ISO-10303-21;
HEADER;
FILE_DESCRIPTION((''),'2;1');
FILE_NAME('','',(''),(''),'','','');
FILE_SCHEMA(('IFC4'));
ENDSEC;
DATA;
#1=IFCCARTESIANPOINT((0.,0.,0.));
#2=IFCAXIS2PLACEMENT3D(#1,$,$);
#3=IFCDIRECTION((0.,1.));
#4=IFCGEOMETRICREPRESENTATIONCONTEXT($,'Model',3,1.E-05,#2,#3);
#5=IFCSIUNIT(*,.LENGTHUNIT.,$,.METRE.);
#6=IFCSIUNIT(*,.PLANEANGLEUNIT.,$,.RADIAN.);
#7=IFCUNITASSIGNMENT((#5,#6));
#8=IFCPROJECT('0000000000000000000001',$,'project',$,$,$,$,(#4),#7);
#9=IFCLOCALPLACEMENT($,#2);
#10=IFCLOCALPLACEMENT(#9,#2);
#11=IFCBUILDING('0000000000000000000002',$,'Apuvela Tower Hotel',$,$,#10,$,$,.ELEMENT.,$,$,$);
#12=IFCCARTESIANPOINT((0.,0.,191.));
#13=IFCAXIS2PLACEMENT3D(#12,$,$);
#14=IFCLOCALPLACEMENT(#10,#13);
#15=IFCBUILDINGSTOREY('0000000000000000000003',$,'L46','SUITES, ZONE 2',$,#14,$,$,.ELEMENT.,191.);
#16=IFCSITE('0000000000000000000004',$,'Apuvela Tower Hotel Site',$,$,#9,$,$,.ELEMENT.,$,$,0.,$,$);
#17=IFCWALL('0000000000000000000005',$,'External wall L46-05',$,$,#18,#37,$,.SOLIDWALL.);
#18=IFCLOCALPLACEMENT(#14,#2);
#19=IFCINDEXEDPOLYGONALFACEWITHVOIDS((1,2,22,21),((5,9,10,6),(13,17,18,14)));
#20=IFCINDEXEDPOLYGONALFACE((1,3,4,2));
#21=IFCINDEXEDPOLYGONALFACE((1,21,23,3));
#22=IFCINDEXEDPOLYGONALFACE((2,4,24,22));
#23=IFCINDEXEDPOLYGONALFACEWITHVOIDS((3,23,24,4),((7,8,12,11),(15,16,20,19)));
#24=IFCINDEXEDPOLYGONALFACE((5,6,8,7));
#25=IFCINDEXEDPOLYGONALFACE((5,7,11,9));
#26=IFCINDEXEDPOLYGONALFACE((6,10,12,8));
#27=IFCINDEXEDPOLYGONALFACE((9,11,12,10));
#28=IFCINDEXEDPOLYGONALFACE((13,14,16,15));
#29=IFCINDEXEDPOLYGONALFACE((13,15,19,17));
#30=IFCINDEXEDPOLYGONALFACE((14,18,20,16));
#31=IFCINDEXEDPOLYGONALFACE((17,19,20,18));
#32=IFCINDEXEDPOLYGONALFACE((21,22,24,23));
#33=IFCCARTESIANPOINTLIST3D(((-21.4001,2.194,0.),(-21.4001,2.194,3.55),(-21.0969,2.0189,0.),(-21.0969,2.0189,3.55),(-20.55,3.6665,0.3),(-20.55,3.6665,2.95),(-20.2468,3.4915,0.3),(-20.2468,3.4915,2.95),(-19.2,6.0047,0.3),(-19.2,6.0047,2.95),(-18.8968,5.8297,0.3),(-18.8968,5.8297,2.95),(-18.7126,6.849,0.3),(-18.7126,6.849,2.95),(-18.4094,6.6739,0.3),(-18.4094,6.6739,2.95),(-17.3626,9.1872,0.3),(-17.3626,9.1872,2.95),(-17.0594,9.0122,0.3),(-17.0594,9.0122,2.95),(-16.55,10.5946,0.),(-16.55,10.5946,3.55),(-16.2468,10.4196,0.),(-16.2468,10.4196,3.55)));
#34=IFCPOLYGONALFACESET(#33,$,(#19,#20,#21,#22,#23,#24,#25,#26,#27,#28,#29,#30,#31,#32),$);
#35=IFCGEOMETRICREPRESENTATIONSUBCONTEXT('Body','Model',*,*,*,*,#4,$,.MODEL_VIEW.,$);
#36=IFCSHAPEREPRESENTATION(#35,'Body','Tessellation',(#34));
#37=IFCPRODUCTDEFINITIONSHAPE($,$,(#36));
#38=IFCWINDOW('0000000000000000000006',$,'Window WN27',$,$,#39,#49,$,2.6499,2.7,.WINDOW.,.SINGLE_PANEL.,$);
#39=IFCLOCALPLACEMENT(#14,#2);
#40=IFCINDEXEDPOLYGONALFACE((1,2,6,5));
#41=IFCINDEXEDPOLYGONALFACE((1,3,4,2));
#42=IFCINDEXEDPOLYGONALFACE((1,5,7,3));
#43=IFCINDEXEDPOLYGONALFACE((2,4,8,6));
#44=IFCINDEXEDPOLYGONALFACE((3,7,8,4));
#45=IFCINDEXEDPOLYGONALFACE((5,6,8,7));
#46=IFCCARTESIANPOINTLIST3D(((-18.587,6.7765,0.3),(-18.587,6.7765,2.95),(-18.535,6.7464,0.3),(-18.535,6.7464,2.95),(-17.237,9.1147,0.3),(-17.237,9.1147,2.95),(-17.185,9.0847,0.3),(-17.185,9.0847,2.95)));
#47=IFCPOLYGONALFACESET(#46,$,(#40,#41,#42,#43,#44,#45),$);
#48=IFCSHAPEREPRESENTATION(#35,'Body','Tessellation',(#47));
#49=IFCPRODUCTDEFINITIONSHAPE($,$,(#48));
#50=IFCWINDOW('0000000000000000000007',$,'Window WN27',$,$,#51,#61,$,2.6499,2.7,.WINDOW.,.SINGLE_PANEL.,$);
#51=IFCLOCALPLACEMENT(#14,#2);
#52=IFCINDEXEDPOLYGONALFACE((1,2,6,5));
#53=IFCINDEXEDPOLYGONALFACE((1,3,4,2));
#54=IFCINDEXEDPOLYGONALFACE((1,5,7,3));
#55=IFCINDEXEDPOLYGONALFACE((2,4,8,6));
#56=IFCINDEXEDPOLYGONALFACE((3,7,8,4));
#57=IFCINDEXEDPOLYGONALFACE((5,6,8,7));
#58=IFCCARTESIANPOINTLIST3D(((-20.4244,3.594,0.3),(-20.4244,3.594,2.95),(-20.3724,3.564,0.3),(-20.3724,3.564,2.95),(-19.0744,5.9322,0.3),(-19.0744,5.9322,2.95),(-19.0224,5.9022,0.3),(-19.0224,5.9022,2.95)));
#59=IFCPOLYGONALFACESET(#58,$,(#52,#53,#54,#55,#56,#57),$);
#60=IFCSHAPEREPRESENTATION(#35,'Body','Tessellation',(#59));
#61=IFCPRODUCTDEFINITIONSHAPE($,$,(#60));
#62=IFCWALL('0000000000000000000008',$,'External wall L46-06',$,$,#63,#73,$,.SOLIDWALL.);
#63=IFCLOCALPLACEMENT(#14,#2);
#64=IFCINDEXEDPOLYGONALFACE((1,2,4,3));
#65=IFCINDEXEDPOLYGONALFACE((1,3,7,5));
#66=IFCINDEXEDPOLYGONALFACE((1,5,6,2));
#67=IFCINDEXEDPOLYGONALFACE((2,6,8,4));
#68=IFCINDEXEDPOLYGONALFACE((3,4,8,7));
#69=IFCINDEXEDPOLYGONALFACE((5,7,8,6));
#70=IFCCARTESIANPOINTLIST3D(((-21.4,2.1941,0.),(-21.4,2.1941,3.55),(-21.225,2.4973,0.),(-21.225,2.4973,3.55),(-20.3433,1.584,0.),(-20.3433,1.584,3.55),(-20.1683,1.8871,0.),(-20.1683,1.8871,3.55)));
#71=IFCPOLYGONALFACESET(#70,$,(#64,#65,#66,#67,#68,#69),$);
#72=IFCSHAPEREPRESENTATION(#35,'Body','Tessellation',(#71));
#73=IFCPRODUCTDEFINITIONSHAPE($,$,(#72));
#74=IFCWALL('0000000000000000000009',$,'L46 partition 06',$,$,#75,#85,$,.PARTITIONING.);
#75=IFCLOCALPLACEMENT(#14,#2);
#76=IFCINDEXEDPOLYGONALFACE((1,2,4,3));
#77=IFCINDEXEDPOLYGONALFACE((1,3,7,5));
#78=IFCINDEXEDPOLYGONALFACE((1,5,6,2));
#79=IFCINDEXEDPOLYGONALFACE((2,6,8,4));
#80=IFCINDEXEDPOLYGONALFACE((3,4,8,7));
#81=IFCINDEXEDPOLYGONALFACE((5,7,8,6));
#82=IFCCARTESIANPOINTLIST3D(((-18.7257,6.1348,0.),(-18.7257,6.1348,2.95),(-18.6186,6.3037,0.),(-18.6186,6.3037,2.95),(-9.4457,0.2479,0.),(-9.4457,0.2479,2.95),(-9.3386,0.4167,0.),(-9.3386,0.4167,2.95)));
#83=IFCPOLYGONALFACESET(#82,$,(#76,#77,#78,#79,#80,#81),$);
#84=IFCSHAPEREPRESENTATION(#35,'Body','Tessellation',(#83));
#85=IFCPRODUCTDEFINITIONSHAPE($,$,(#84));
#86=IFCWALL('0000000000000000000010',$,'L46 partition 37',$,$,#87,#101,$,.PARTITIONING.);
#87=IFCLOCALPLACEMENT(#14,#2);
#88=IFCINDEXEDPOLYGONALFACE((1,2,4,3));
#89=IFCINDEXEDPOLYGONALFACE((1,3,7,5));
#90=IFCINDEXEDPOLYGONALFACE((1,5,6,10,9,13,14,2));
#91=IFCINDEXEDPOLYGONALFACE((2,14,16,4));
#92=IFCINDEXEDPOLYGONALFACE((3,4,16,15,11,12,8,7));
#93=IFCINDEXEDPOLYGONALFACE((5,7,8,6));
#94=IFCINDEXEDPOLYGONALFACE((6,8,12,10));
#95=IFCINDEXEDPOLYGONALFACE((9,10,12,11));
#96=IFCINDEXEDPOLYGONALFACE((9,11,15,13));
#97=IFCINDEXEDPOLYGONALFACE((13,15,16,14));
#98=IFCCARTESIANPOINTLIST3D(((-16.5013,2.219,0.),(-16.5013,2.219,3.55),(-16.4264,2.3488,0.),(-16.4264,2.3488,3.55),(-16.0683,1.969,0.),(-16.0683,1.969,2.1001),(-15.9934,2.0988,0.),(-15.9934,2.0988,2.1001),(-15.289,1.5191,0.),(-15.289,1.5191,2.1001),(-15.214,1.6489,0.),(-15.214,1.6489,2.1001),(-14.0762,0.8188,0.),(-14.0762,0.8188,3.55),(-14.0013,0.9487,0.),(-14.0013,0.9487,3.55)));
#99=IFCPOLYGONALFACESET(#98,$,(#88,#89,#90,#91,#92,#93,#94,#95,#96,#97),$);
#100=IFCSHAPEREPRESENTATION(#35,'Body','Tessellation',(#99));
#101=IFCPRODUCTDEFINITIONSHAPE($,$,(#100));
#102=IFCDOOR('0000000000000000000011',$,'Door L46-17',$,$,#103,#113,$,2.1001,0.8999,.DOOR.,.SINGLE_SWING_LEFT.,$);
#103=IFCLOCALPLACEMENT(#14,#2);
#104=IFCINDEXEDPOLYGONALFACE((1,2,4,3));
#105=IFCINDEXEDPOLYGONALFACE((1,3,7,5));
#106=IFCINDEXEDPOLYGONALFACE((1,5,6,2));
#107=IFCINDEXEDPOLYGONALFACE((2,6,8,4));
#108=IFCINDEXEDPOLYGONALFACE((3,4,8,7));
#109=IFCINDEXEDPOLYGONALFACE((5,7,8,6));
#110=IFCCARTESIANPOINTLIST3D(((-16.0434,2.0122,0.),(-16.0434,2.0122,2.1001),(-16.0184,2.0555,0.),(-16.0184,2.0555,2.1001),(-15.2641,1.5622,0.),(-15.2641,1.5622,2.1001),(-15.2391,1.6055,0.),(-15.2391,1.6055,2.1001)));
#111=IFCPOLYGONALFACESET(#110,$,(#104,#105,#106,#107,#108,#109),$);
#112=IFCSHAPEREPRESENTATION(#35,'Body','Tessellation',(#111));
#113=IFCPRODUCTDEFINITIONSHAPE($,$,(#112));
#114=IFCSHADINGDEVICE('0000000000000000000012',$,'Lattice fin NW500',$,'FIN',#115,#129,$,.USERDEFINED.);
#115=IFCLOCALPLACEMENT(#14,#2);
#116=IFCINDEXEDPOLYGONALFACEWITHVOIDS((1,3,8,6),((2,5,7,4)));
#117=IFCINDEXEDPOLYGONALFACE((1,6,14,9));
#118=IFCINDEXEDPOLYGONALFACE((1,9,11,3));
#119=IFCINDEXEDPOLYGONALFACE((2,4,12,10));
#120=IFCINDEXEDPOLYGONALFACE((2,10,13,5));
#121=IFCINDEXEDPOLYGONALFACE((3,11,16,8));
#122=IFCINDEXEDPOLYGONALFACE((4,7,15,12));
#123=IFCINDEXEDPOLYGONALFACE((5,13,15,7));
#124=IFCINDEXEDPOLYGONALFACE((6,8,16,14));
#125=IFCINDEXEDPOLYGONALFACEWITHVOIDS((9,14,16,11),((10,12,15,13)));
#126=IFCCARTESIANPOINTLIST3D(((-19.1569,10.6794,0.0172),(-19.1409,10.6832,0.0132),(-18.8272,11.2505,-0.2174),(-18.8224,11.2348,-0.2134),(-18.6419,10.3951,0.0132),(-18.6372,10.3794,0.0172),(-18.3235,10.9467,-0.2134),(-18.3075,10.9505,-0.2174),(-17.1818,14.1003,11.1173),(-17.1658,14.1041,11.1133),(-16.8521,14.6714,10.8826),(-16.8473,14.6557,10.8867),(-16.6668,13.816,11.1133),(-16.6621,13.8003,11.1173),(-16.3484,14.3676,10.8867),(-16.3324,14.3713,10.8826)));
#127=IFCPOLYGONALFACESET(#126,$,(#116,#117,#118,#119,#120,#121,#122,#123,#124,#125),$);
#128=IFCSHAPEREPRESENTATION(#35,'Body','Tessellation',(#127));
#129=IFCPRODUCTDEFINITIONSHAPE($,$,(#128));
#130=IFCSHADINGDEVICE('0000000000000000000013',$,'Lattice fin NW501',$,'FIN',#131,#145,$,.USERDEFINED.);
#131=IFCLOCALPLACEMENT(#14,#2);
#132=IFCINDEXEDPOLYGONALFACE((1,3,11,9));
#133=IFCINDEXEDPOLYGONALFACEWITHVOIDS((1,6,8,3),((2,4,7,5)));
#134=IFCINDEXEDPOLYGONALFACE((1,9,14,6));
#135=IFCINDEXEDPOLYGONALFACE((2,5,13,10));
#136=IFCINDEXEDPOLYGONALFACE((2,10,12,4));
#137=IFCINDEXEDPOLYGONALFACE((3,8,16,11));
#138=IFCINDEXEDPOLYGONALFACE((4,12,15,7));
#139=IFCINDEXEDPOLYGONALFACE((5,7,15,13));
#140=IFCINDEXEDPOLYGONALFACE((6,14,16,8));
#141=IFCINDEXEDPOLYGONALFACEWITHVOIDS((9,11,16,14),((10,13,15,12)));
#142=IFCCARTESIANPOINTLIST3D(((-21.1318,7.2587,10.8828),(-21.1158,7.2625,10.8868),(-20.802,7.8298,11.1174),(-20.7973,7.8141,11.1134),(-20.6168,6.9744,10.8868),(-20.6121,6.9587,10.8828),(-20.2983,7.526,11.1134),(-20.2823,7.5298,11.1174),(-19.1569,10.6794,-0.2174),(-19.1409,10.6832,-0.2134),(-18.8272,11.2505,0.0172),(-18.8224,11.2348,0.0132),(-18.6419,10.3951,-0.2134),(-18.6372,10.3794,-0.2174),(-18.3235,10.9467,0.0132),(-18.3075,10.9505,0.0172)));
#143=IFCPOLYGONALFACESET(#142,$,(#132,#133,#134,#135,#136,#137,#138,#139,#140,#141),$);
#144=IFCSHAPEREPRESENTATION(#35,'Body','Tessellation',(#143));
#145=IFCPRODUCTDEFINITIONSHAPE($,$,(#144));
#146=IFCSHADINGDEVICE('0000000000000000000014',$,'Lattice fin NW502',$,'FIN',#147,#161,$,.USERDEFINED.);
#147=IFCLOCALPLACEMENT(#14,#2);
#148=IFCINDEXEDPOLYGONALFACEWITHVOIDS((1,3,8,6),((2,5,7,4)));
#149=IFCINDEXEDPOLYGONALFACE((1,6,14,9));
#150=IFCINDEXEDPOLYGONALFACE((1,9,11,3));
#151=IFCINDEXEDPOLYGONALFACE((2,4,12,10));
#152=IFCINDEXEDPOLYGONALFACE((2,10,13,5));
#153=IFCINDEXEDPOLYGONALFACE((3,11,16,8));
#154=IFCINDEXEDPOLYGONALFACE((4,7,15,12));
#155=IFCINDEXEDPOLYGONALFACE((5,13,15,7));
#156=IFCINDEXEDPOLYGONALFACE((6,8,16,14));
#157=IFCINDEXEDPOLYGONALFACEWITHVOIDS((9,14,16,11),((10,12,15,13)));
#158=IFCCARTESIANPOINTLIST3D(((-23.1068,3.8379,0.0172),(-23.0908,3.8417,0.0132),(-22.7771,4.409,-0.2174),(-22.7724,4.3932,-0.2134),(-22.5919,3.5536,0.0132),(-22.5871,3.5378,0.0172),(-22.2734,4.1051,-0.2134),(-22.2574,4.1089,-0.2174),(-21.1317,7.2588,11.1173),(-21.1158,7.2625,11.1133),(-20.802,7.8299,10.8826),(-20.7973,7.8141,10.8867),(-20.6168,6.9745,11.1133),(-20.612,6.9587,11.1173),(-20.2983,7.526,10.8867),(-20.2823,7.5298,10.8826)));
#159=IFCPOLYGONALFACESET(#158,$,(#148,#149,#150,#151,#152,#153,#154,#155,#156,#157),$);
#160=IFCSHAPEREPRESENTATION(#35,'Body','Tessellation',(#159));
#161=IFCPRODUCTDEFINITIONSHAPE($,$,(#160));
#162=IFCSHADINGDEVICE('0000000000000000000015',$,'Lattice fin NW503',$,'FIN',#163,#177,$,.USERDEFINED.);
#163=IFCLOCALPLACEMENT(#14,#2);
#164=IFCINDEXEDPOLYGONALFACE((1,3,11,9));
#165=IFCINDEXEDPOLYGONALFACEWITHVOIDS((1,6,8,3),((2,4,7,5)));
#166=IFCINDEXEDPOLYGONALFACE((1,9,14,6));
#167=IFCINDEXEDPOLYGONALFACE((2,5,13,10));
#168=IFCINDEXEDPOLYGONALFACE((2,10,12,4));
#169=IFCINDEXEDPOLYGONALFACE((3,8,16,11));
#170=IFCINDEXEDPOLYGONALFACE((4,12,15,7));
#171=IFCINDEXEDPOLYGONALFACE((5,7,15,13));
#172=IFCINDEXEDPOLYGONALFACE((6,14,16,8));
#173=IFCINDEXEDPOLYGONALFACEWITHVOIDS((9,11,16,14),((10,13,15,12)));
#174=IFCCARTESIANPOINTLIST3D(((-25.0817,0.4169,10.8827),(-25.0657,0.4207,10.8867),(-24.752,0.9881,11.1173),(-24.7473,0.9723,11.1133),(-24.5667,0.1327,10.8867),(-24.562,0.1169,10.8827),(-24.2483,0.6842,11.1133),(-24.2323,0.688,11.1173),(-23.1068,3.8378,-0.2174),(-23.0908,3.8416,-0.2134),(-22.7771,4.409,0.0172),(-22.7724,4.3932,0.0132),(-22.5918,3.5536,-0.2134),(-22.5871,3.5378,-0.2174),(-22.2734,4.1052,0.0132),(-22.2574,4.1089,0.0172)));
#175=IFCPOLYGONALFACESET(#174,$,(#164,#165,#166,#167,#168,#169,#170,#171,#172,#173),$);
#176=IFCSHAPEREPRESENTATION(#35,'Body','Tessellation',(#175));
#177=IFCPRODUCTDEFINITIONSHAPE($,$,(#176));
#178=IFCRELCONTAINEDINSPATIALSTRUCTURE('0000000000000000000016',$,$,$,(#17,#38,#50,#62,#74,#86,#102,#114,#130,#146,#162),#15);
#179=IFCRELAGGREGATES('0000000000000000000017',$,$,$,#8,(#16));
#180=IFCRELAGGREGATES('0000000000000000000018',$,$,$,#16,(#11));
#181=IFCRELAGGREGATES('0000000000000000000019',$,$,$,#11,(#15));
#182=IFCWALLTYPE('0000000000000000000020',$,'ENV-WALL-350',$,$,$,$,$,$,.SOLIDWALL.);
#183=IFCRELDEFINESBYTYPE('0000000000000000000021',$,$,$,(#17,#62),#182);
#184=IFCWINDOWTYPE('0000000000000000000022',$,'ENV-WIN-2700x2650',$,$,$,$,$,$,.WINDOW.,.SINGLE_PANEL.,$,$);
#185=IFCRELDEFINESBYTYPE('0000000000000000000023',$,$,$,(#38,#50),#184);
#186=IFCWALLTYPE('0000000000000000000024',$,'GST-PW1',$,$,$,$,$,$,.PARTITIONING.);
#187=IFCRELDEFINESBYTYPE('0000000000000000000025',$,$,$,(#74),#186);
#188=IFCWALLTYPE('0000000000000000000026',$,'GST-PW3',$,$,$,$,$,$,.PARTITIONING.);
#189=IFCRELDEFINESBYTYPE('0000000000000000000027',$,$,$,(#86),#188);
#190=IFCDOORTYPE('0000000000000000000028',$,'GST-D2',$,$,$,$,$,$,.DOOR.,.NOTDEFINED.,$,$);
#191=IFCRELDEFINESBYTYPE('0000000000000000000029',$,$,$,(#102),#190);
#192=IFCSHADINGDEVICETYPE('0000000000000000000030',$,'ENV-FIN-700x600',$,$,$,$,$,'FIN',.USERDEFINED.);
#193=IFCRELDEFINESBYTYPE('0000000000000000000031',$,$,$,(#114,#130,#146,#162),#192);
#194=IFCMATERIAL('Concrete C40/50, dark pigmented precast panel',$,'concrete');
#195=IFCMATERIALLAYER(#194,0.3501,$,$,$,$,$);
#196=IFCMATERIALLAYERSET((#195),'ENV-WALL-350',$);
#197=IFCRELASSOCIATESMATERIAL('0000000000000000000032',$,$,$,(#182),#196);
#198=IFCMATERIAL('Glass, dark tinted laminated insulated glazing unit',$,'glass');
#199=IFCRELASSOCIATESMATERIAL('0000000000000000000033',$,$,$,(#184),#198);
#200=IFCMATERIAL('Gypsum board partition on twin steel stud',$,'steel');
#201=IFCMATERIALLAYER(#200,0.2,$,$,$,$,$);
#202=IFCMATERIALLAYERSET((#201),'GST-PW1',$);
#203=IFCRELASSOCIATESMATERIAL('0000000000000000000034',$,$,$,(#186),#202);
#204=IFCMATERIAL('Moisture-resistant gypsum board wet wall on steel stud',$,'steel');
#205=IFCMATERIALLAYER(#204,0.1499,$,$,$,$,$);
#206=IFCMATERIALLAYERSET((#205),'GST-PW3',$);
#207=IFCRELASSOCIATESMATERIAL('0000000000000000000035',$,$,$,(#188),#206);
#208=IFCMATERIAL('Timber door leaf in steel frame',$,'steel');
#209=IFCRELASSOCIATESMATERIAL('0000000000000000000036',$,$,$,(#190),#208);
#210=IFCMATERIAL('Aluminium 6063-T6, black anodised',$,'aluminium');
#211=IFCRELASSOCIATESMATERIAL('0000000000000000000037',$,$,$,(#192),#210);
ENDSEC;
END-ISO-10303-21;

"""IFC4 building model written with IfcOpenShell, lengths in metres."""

from ifc_helpers import new_model, si_unit, direction, frame, frame_2d, origin, origin_2d, place, context, subcontext, project, spatial, rectangle, hollow_rectangle, extrude, material, layer, layer_set, material_profile, profile_set, type_object, element, fill, save


model = new_model("IFC4")

# Units and contexts
model_context = context("Model", 3, precision=1e-05, world=origin(), true_north=direction((0.0, 1.0)))
body_context = subcontext(model_context, "Body", "Model", "MODEL_VIEW")
ifc_project = project(units=[si_unit("LENGTHUNIT", "METRE"), si_unit("PLANEANGLEUNIT", "RADIAN")], contexts=[model_context])

# Site, building, storey
site_placement = place(None, origin())
site = spatial("IfcSite", under=ifc_project, at=site_placement, Name="Apuvela Tower Hotel Site", CompositionType="ELEMENT", RefElevation=0.0)
building_placement = place(site_placement, origin())
building = spatial("IfcBuilding", under=site, at=building_placement, Name="Apuvela Tower Hotel", CompositionType="ELEMENT")
storey_placement = place(building_placement, frame((0.0, 0.0, 191.0)))
storey = spatial("IfcBuildingStorey", under=building, at=storey_placement, Name="L46", Description="SUITES, ZONE 2", CompositionType="ELEMENT", Elevation=191.0)

# Wall, openings, windows
ifc_material_1 = material(Name="Concrete C40/50, dark pigmented precast panel", Category="concrete")
ifc_layer_1 = layer(ifc_material_1, 0.3501)
ifc_layer_set_1 = layer_set([ifc_layer_1], Name="ENV-WALL-350")
wall_type_1 = type_object("IfcWallType", Name="ENV-WALL-350", PredefinedType="SOLIDWALL", material=ifc_layer_set_1)
wall_1_placement = place(storey_placement, frame((-16.3984, 10.5071, 0.0), z_axis=(0.0, 0.0, 1.0), x_axis=(-0.499999, -0.866026, 0.0)))
wall_1 = element("IfcWall", 1, at=wall_1_placement, inside=storey, type_object=wall_type_1, Name="External wall L46-05", PredefinedType="SOLIDWALL", context=body_context, shape_type="SweptSolid", body=[
    extrude(rectangle(XDim=9.7002, YDim=0.3501, at=frame_2d((4.8501, 0.0))), origin(), (0.0, 0.0, 1.0), 3.55),
])
opening_1_placement = place(wall_1_placement, frame((1.625, 0.0, 0.3)))
opening_1 = element("IfcOpeningElement", 2, at=opening_1_placement, cuts=wall_1, PredefinedType="OPENING", context=body_context, shape_type="SweptSolid", body=[
    extrude(rectangle(XDim=2.7, YDim=2.6499, at=frame_2d((1.3501, 1.325))), frame((0.0, 0.1851, 0.0), z_axis=(0.0, -1.0, 0.0), x_axis=(1.0, 0.0, 0.0)), (0.0, 0.0, 1.0), 0.3701),
])
opening_2_placement = place(wall_1_placement, frame((5.2998, 0.0, 0.3)))
opening_2 = element("IfcOpeningElement", 3, at=opening_2_placement, cuts=wall_1, PredefinedType="OPENING", context=body_context, shape_type="SweptSolid", body=[
    extrude(rectangle(XDim=2.7, YDim=2.6499, at=frame_2d((1.3501, 1.325))), frame((0.0, 0.1851, 0.0), z_axis=(0.0, -1.0, 0.0), x_axis=(1.0, 0.0, 0.0)), (0.0, 0.0, 1.0), 0.3701),
])
ifc_material_2 = material(Name="Glass, dark tinted laminated insulated glazing unit", Category="glass")
window_type_1 = type_object("IfcWindowType", Name="ENV-WIN-2700x2650", PartitioningType="SINGLE_PANEL", PredefinedType="WINDOW", material=ifc_material_2)
window_1_placement = place(opening_1_placement, origin())
window_1 = element("IfcWindow", 4, at=window_1_placement, inside=storey, type_object=window_type_1, Name="Window WN27", OverallHeight=2.6499, OverallWidth=2.7, PartitioningType="SINGLE_PANEL", PredefinedType="WINDOW", context=body_context, shape_type="SweptSolid", body=[
    extrude(rectangle(XDim=2.7, YDim=2.6499, at=frame_2d((1.3501, 1.325))), frame((0.0, 0.03, 0.0), z_axis=(0.0, -1.0, 0.0), x_axis=(1.0, 0.0, 0.0)), (0.0, 0.0, 1.0), 0.0601),
])
fill(opening_1, window_1)
window_2_placement = place(opening_2_placement, origin())
window_2 = element("IfcWindow", 5, at=window_2_placement, inside=storey, type_object=window_type_1, Name="Window WN27", OverallHeight=2.6499, OverallWidth=2.7, PartitioningType="SINGLE_PANEL", PredefinedType="WINDOW", context=body_context, shape_type="SweptSolid", body=[
    extrude(rectangle(XDim=2.7, YDim=2.6499, at=frame_2d((1.3501, 1.325))), frame((0.0, 0.03, 0.0), z_axis=(0.0, -1.0, 0.0), x_axis=(1.0, 0.0, 0.0)), (0.0, 0.0, 1.0), 0.0601),
])
fill(opening_2, window_2)

# Wall
wall_2_placement = place(storey_placement, frame((-21.3125, 2.3457, 0.0), z_axis=(0.0, 0.0, 1.0), x_axis=(0.866006, -0.500034, 0.0)))
element("IfcWall", 6, at=wall_2_placement, inside=storey, type_object=wall_type_1, Name="External wall L46-06", PredefinedType="SOLIDWALL", context=body_context, shape_type="SweptSolid", body=[
    extrude(rectangle(XDim=1.2202, YDim=0.3501, at=frame_2d((0.6101, 0.0))), origin(), (0.0, 0.0, 1.0), 3.55),
])

# Wall
ifc_material_3 = material(Name="Gypsum board partition on twin steel stud", Category="steel")
ifc_layer_2 = layer(ifc_material_3, 0.2)
ifc_layer_set_2 = layer_set([ifc_layer_2], Name="GST-PW1")
wall_type_2 = type_object("IfcWallType", Name="GST-PW1", PredefinedType="PARTITIONING", material=ifc_layer_set_2)
wall_3_placement = place(storey_placement, frame((-18.6721, 6.2192, 0.0), z_axis=(0.0, 0.0, 1.0), x_axis=(0.844424, -0.535676, 0.0)))
element("IfcWall", 7, at=wall_3_placement, inside=storey, type_object=wall_type_2, Name="L46 partition 06", PredefinedType="PARTITIONING", context=body_context, shape_type="SweptSolid", body=[
    extrude(rectangle(XDim=10.9897, YDim=0.2, at=frame_2d((5.4949, 0.0))), origin(), (0.0, 0.0, 1.0), 2.95),
])

# Wall, opening, door
ifc_material_4 = material(Name="Moisture-resistant gypsum board wet wall on steel stud", Category="steel")
ifc_layer_3 = layer(ifc_material_4, 0.1499)
ifc_layer_set_3 = layer_set([ifc_layer_3], Name="GST-PW3")
wall_type_3 = type_object("IfcWallType", Name="GST-PW3", PredefinedType="PARTITIONING", material=ifc_layer_set_3)
wall_4_placement = place(storey_placement, frame((-16.4639, 2.2839, 0.0), z_axis=(0.0, 0.0, 1.0), x_axis=(0.866019, -0.500012, 0.0)))
wall_4 = element("IfcWall", 8, at=wall_4_placement, inside=storey, type_object=wall_type_3, Name="L46 partition 37", PredefinedType="PARTITIONING", context=body_context, shape_type="SweptSolid", body=[
    extrude(rectangle(XDim=2.8003, YDim=0.1499, at=frame_2d((1.4001, 0.0))), origin(), (0.0, 0.0, 1.0), 3.55),
])
opening_3_placement = place(wall_4_placement, frame((0.5, 0.0, 0.0)))
opening_3 = element("IfcOpeningElement", 9, at=opening_3_placement, cuts=wall_4, PredefinedType="OPENING", context=body_context, shape_type="SweptSolid", body=[
    extrude(rectangle(XDim=0.8999, YDim=2.1001, at=frame_2d((0.45, 1.05))), frame((0.0, 0.085, 0.0), z_axis=(0.0, -1.0, 0.0), x_axis=(1.0, 0.0, 0.0)), (0.0, 0.0, 1.0), 0.1699),
])
ifc_material_5 = material(Name="Timber door leaf in steel frame", Category="steel")
door_type_1 = type_object("IfcDoorType", Name="GST-D2", OperationType="NOTDEFINED", PredefinedType="DOOR", material=ifc_material_5)
door_1_placement = place(opening_3_placement, origin())
door_1 = element("IfcDoor", 10, at=door_1_placement, inside=storey, type_object=door_type_1, Name="Door L46-17", OperationType="SINGLE_SWING_LEFT", OverallHeight=2.1001, OverallWidth=0.8999, PredefinedType="DOOR", context=body_context, shape_type="SweptSolid", body=[
    extrude(rectangle(XDim=0.8999, YDim=2.1001, at=frame_2d((0.45, 1.05))), frame((0.0, 0.0249, 0.0), z_axis=(0.0, -1.0, 0.0), x_axis=(1.0, 0.0, 0.0)), (0.0, 0.0, 1.0), 0.05),
])
fill(opening_3, door_1)

# Shading devices
ifc_material_6 = material(Name="Aluminium 6063-T6, black anodised", Category="aluminium")
ifc_material_profile_1 = material_profile(ifc_material_6, hollow_rectangle(XDim=0.6001, YDim=0.7, WallThickness=0.012, at=origin_2d()), Name="AL BOX 700x600x12")
ifc_profile_set_1 = profile_set([ifc_material_profile_1], Name="Aluminium 6063-T6, black anodised")
shading_device_type = type_object("IfcShadingDeviceType", Name="ENV-FIN-700x600", ElementType="FIN", PredefinedType="USERDEFINED", material=ifc_profile_set_1)
for number, where, z_axis, x_axis, name in (
    (11, (-18.7322, 10.8149, -0.1001), (0.167637, 0.290349, 0.942123), (-0.866021, 0.500008, 0.0), "Lattice fin NW500"),
    (12, (-18.7322, 10.8149, -0.1001), (-0.167618, -0.290331, 0.942132), (0.866032, -0.499988, 0.0), "Lattice fin NW501"),
    (13, (-22.6821, 3.9734, -0.1001), (0.167637, 0.290349, 0.942123), (-0.866021, 0.500008, 0.0), "Lattice fin NW502"),
    (14, (-22.6821, 3.9734, -0.1001), (-0.167617, -0.29035, 0.942126), (0.866048, -0.499961, 0.0), "Lattice fin NW503"),
):
    element("IfcShadingDevice", number, at=place(storey_placement, frame(where, z_axis=z_axis, x_axis=x_axis)), inside=storey, type_object=shading_device_type, Name=name, ObjectType="FIN", PredefinedType="USERDEFINED", context=body_context, shape_type="SweptSolid", body=[
        extrude(hollow_rectangle(XDim=0.6001, YDim=0.7, WallThickness=0.012, at=origin_2d()), origin(), (0.0, 0.0, 1.0), 11.782),
    ])

save(model, "model.ifc")
